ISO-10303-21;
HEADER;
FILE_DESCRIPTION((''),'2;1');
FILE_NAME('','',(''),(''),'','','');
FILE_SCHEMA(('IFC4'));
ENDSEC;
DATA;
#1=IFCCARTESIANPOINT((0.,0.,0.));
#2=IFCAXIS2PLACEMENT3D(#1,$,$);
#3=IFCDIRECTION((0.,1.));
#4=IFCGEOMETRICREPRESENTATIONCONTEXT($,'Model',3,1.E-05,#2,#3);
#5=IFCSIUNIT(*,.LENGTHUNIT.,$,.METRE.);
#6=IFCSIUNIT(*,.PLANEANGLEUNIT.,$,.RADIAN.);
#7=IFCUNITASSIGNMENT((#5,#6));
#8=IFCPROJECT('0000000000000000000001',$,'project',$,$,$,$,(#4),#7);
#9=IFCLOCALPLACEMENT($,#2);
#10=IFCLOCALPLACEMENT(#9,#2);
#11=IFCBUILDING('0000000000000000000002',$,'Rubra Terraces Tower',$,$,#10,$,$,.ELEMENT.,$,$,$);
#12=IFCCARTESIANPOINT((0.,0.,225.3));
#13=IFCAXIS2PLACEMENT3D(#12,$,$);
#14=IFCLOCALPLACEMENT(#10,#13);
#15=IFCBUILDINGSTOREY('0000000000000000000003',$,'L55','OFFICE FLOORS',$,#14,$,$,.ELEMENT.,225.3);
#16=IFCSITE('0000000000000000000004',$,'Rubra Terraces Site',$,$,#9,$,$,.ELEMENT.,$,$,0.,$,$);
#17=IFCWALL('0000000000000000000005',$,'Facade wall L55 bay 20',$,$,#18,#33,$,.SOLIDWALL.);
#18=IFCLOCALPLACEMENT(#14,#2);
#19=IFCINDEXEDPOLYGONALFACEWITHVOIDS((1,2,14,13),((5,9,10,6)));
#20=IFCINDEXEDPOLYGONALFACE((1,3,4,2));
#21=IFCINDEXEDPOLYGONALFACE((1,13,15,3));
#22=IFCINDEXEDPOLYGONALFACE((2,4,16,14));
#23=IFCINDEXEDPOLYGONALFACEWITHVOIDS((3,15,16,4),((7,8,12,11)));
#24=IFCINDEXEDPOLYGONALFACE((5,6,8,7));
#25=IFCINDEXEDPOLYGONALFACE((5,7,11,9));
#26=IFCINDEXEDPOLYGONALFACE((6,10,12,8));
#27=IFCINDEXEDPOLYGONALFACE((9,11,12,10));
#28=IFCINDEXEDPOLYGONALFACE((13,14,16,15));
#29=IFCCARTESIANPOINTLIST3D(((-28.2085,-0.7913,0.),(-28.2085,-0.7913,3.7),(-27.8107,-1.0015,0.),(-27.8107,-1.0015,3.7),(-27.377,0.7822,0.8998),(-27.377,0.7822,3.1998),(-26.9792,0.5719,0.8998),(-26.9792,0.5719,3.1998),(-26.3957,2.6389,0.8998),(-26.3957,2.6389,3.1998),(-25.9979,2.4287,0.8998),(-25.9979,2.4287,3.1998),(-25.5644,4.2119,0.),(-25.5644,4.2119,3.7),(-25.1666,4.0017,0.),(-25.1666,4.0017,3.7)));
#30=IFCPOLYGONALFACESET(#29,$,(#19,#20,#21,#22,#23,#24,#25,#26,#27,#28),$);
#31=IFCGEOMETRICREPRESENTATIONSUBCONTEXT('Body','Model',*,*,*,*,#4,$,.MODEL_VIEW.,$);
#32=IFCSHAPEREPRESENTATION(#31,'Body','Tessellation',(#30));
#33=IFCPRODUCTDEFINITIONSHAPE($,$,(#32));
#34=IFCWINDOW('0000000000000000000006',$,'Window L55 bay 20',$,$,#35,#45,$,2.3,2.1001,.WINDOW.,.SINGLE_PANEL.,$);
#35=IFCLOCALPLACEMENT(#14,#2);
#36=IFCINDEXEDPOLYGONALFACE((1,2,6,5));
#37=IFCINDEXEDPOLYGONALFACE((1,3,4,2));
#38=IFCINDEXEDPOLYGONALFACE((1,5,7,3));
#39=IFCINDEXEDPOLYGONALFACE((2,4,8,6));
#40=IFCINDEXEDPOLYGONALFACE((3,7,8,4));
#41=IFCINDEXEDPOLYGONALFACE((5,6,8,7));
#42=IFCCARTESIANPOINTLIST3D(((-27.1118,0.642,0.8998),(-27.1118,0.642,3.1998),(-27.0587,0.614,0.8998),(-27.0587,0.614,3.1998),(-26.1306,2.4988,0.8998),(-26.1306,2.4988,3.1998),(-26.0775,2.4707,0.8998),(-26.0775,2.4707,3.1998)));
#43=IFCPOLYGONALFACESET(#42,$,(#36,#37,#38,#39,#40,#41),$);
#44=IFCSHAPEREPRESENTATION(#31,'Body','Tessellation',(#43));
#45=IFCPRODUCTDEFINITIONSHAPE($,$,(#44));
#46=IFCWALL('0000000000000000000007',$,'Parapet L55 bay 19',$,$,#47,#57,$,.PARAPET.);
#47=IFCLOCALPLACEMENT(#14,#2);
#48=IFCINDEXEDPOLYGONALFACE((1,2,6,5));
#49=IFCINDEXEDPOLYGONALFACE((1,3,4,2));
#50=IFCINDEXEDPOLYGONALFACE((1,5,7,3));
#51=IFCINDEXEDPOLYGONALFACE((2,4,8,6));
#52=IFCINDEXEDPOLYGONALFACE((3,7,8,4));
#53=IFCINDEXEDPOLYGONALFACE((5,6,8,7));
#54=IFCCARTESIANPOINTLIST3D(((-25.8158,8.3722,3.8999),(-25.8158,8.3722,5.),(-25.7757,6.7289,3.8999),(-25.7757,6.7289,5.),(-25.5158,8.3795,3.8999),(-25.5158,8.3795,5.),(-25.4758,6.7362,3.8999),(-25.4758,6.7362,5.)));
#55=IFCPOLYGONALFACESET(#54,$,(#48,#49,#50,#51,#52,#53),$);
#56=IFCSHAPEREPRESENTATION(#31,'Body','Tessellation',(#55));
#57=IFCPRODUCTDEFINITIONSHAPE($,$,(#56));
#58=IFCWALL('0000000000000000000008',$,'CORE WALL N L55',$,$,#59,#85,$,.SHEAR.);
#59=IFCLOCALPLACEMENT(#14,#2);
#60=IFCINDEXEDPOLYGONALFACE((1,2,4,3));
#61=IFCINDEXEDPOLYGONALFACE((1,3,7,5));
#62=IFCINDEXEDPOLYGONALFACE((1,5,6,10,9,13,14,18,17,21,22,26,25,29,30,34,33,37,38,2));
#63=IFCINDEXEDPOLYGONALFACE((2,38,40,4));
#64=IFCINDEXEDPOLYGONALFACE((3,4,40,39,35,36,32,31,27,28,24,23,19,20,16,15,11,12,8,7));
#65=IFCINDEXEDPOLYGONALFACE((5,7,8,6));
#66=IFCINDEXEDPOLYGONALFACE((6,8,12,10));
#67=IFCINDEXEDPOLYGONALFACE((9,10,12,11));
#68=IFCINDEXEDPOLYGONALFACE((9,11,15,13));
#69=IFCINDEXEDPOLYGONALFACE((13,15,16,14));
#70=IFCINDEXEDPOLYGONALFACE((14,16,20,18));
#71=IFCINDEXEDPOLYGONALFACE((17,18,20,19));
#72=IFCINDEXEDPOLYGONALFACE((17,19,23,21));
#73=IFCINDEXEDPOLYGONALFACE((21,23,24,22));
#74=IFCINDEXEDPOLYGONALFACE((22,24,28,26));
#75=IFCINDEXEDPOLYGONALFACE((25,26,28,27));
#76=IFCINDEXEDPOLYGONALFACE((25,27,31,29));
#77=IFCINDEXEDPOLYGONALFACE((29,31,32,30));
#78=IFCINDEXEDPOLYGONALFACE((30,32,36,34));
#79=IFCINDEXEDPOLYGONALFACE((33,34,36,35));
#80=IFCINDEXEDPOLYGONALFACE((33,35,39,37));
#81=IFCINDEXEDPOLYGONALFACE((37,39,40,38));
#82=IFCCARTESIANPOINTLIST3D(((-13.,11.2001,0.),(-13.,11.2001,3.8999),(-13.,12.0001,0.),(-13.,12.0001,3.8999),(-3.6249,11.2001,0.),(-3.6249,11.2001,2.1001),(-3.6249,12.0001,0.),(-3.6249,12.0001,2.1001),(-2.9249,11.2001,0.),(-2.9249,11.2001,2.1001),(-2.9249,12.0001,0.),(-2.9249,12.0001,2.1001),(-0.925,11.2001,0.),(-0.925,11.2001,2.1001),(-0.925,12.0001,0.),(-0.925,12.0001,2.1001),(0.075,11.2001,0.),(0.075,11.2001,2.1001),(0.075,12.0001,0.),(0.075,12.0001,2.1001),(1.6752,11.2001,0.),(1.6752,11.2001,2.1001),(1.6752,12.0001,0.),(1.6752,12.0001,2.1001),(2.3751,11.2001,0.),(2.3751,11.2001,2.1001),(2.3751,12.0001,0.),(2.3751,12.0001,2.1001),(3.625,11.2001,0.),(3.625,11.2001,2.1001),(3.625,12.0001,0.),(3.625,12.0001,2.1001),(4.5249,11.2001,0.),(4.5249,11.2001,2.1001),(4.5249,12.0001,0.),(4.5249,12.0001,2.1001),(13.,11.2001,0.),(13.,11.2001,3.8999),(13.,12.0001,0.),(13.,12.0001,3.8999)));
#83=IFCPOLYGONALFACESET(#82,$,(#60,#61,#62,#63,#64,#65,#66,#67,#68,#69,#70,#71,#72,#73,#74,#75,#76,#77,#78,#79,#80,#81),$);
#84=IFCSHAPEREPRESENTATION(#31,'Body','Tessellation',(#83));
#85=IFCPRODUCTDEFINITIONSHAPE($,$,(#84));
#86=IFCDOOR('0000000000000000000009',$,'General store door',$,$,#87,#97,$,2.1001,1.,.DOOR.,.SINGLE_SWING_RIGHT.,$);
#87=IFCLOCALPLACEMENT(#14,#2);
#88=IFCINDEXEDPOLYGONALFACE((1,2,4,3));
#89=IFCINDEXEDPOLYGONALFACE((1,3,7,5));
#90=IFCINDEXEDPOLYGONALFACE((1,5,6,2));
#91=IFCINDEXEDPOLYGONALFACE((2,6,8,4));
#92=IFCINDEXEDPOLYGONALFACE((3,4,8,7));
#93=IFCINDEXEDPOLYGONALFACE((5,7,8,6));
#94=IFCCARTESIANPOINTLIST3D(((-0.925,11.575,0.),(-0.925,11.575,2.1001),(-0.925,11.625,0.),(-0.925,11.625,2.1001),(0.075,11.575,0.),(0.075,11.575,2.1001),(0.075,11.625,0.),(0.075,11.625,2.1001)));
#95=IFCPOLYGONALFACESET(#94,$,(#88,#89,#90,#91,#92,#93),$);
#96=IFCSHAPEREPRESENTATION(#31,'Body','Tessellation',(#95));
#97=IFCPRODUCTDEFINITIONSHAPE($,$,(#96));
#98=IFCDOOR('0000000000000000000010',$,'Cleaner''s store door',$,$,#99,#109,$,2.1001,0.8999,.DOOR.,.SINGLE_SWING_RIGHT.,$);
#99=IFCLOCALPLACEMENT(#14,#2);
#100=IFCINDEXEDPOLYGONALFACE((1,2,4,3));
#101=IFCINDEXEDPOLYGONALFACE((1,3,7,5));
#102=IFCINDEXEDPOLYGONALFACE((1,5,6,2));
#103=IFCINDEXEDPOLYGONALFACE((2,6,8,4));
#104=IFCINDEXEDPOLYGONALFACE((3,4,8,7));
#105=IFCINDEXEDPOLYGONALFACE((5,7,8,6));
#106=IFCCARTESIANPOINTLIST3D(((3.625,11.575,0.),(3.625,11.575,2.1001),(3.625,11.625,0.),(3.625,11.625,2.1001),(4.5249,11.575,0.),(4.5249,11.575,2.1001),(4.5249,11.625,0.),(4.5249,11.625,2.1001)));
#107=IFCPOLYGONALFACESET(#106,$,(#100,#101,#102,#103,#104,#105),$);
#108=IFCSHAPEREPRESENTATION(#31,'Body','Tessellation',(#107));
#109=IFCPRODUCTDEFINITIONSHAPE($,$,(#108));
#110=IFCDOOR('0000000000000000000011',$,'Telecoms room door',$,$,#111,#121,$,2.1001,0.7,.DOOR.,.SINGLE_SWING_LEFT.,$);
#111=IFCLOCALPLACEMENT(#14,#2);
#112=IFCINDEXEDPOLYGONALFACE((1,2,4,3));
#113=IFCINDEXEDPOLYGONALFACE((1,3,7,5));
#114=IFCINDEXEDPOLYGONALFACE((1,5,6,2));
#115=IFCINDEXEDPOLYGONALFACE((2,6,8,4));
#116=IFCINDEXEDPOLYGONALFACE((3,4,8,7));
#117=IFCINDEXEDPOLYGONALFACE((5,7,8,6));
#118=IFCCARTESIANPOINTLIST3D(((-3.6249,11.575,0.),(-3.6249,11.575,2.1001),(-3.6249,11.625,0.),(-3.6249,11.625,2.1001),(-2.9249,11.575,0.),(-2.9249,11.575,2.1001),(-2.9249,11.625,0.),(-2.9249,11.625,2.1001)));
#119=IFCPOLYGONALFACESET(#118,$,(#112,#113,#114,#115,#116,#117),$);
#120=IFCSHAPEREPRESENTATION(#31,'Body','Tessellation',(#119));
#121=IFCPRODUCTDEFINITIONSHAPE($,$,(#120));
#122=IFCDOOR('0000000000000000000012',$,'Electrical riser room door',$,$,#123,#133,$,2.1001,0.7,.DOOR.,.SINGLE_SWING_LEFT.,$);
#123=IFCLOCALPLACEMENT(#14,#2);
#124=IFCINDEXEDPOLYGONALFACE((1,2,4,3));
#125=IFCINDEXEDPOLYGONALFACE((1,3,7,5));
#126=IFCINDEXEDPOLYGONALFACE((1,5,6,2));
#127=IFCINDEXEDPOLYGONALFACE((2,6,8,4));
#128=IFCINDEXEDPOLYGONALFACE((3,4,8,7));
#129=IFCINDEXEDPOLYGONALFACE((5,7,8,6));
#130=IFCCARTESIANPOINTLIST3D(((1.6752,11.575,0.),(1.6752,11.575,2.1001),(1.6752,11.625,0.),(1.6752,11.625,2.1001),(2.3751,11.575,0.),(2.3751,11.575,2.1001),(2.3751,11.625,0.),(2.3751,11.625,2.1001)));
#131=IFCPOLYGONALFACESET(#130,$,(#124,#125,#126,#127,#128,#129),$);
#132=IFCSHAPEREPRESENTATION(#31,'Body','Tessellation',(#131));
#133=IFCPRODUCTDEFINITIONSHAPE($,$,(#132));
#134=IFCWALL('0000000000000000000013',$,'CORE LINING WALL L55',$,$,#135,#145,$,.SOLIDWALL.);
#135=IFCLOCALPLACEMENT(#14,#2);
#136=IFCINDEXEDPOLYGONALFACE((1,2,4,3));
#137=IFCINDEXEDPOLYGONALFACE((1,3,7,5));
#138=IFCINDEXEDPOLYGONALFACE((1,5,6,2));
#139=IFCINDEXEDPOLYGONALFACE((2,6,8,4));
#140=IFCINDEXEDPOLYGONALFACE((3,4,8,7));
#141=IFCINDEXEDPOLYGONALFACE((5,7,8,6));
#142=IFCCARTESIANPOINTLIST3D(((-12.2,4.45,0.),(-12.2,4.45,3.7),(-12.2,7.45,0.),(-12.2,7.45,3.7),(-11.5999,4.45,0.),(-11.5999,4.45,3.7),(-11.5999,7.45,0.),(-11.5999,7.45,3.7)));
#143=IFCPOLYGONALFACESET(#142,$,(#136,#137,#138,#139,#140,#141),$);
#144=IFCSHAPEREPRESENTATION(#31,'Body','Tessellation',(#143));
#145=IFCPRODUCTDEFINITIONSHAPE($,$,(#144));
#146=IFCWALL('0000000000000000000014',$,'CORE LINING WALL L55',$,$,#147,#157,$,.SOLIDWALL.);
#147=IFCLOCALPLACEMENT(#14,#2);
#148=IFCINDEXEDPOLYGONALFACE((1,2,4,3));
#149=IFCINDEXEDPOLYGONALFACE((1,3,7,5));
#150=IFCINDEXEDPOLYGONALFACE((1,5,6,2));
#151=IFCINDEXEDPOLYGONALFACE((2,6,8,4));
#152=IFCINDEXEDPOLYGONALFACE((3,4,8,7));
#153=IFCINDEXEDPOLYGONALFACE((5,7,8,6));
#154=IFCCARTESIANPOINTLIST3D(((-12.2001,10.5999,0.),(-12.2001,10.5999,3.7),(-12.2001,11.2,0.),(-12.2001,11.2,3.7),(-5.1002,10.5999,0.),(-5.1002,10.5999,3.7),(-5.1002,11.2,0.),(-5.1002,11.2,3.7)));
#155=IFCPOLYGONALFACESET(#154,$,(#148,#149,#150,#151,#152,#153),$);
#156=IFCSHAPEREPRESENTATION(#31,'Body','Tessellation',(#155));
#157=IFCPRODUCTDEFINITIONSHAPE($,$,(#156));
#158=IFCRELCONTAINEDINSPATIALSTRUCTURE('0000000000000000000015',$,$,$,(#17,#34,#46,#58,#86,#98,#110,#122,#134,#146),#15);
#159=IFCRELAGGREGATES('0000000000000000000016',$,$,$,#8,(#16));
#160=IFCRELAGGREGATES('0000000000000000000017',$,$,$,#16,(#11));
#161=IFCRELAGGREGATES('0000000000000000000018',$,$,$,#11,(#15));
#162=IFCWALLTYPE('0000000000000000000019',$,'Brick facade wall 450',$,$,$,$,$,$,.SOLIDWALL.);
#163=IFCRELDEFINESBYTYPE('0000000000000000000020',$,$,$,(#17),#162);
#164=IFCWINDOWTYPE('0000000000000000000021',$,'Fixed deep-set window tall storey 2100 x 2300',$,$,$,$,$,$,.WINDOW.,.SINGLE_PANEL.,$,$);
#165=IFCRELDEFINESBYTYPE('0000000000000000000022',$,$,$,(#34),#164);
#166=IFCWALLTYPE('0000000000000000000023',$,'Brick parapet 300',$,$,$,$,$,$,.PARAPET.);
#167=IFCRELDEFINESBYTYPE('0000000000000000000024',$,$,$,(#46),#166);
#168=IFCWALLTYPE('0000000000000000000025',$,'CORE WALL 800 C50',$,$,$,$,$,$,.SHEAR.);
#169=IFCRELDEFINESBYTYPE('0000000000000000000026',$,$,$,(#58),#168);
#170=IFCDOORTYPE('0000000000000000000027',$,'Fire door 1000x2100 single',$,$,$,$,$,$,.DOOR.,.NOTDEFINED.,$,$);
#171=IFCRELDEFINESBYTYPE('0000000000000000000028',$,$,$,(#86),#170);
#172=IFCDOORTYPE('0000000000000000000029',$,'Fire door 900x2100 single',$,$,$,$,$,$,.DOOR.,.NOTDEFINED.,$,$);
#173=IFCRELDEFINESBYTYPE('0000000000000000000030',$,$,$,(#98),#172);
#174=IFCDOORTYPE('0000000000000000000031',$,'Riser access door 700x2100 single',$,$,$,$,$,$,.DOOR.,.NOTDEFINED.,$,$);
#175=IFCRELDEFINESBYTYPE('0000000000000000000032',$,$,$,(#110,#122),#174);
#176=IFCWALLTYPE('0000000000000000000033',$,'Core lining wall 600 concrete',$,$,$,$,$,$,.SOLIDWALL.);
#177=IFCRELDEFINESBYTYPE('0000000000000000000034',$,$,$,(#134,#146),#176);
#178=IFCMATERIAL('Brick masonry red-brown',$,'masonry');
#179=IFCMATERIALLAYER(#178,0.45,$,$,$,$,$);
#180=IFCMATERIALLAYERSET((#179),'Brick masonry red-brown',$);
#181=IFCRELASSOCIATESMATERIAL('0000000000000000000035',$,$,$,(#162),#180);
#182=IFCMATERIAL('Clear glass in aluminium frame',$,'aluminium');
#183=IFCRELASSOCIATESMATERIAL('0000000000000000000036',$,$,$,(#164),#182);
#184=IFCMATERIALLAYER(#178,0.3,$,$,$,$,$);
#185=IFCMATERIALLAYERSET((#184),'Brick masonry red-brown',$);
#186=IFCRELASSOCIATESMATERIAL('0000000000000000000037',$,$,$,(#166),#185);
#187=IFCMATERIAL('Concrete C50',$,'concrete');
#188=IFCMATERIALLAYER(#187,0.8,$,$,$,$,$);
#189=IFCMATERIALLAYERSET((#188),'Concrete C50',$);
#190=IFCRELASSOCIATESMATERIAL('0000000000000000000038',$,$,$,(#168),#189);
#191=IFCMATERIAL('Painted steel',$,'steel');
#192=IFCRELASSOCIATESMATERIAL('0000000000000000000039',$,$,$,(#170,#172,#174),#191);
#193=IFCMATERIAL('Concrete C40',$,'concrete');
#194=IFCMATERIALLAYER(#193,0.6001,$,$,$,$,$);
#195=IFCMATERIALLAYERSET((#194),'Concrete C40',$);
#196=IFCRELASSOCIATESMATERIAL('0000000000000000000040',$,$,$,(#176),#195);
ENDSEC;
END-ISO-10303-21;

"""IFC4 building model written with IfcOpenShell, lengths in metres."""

from ifc_helpers import new_model, si_unit, direction, frame, frame_2d, origin, place, context, subcontext, project, spatial, rectangle, extrude, material, layer, layer_set, type_object, element, fill, save


model = new_model("IFC4")

# Units and contexts
model_context = context("Model", 3, precision=1e-05, world=origin(), true_north=direction((0.0, 1.0)))
body_context = subcontext(model_context, "Body", "Model", "MODEL_VIEW")
ifc_project = project(units=[si_unit("LENGTHUNIT", "METRE"), si_unit("PLANEANGLEUNIT", "RADIAN")], contexts=[model_context])

# Site, building, storey
site_placement = place(None, origin())
site = spatial("IfcSite", under=ifc_project, at=site_placement, Name="Rubra Terraces Site", CompositionType="ELEMENT", RefElevation=0.0)
building_placement = place(site_placement, origin())
building = spatial("IfcBuilding", under=site, at=building_placement, Name="Rubra Terraces Tower", CompositionType="ELEMENT")
storey_placement = place(building_placement, frame((0.0, 0.0, 225.3)))
storey = spatial("IfcBuildingStorey", under=building, at=storey_placement, Name="L55", Description="OFFICE FLOORS", CompositionType="ELEMENT", Elevation=225.3)

# Shared definitions
ifc_material_1 = material(Name="Concrete C50", Category="concrete")

# Wall, opening, window
ifc_material_2 = material(Name="Brick masonry red-brown", Category="masonry")
ifc_layer_1 = layer(ifc_material_2, 0.45)
ifc_layer_set_1 = layer_set([ifc_layer_1], Name="Brick masonry red-brown")
wall_type_1 = type_object("IfcWallType", Name="Brick facade wall 450", PredefinedType="SOLIDWALL", material=ifc_layer_set_1)
ifc_material_3 = material(Name="Clear glass in aluminium frame", Category="aluminium")
window_type = type_object("IfcWindowType", Name="Fixed deep-set window tall storey 2100 x 2300", PartitioningType="SINGLE_PANEL", PredefinedType="WINDOW", material=ifc_material_3)
wall_1_placement = place(storey_placement, frame((-25.3655, 4.1069, 0.0), z_axis=(0.0, 0.0, 1.0), x_axis=(-0.467239, -0.884131, 0.0)))
wall_1 = element("IfcWall", 1, at=wall_1_placement, inside=storey, type_object=wall_type_1, Name="Facade wall L55 bay 20", PredefinedType="SOLIDWALL", context=body_context, shape_type="SweptSolid", body=[
    extrude(rectangle(XDim=5.6589, YDim=0.45, at=frame_2d((2.8296, 0.0))), origin(), (0.0, 0.0, 1.0), 3.7),
])
opening_1_placement = place(wall_1_placement, frame((1.7793, 0.0, 0.8999)))
opening_1 = element("IfcOpeningElement", 2, at=opening_1_placement, cuts=wall_1, PredefinedType="OPENING", context=body_context, shape_type="SweptSolid", body=[
    extrude(rectangle(XDim=2.1001, YDim=2.3, at=frame_2d((1.05, 1.1499))), frame((0.0, 0.2349, 0.0), z_axis=(0.0, -1.0, 0.0), x_axis=(1.0, 0.0, 0.0)), (0.0, 0.0, 1.0), 0.47),
])
window_1_placement = place(opening_1_placement, origin())
window_1 = element("IfcWindow", 3, at=window_1_placement, inside=storey, type_object=window_type, Name="Window L55 bay 20", OverallHeight=2.3, OverallWidth=2.1001, PartitioningType="SINGLE_PANEL", PredefinedType="WINDOW", context=body_context, shape_type="SweptSolid", body=[
    extrude(rectangle(XDim=2.1001, YDim=2.3, at=frame_2d((1.05, 1.1499))), frame((0.0, 0.135, 0.0), z_axis=(0.0, -1.0, 0.0), x_axis=(1.0, 0.0, 0.0)), (0.0, 0.0, 1.0), 0.0601),
])
fill(opening_1, window_1)

# Wall
ifc_layer_2 = layer(ifc_material_2, 0.3)
ifc_layer_set_2 = layer_set([ifc_layer_2], Name="Brick masonry red-brown")
wall_type_2 = type_object("IfcWallType", Name="Brick parapet 300", PredefinedType="PARAPET", material=ifc_layer_set_2)
wall_2_placement = place(storey_placement, frame((-25.6658, 8.3757, 3.8999), z_axis=(0.0, 0.0, 1.0), x_axis=(0.024358, -0.999703, 0.0)))
element("IfcWall", 4, at=wall_2_placement, inside=storey, type_object=wall_type_2, Name="Parapet L55 bay 19", PredefinedType="PARAPET", context=body_context, shape_type="SweptSolid", body=[
    extrude(rectangle(XDim=1.6438, YDim=0.3, at=frame_2d((0.8218, 0.0))), origin(), (0.0, 0.0, 1.0), 1.1001),
])

# Wall, openings, doors
ifc_layer_3 = layer(ifc_material_1, 0.8)
ifc_layer_set_3 = layer_set([ifc_layer_3], Name="Concrete C50")
wall_type_3 = type_object("IfcWallType", Name="CORE WALL 800 C50", PredefinedType="SHEAR", material=ifc_layer_set_3)
wall_3_placement = place(storey_placement, frame((-13.0, 11.6001, 0.0), z_axis=(0.0, 0.0, 1.0), x_axis=(1.0, 0.0, 0.0)))
wall_3 = element("IfcWall", 5, at=wall_3_placement, inside=storey, type_object=wall_type_3, Name="CORE WALL N L55", PredefinedType="SHEAR", context=body_context, shape_type="SweptSolid", body=[
    extrude(rectangle(XDim=26.0, YDim=0.8, at=frame_2d((13.0, 0.0))), origin(), (0.0, 0.0, 1.0), 3.8999),
])
opening_2_placement = place(wall_3_placement, frame((9.375, 0.0, 0.0)))
opening_2 = element("IfcOpeningElement", 6, at=opening_2_placement, cuts=wall_3, PredefinedType="OPENING", context=body_context, shape_type="SweptSolid", body=[
    extrude(rectangle(XDim=0.7, YDim=2.1001, at=frame_2d((0.3501, 1.05))), frame((0.0, 0.4099, 0.0), z_axis=(0.0, -1.0, 0.0), x_axis=(1.0, 0.0, 0.0)), (0.0, 0.0, 1.0), 0.8201),
])
opening_3_placement = place(wall_3_placement, frame((12.075, 0.0, 0.0)))
opening_3 = element("IfcOpeningElement", 7, at=opening_3_placement, cuts=wall_3, PredefinedType="OPENING", context=body_context, shape_type="SweptSolid", body=[
    extrude(rectangle(XDim=1.0, YDim=2.1001, at=frame_2d((0.5, 1.05))), frame((0.0, 0.4099, 0.0), z_axis=(0.0, -1.0, 0.0), x_axis=(1.0, 0.0, 0.0)), (0.0, 0.0, 1.0), 0.8201),
])
opening_4_placement = place(wall_3_placement, frame((14.675, 0.0, 0.0)))
opening_4 = element("IfcOpeningElement", 8, at=opening_4_placement, cuts=wall_3, PredefinedType="OPENING", context=body_context, shape_type="SweptSolid", body=[
    extrude(rectangle(XDim=0.7, YDim=2.1001, at=frame_2d((0.3501, 1.05))), frame((0.0, 0.4099, 0.0), z_axis=(0.0, -1.0, 0.0), x_axis=(1.0, 0.0, 0.0)), (0.0, 0.0, 1.0), 0.8201),
])
opening_5_placement = place(wall_3_placement, frame((16.625, 0.0, 0.0)))
opening_5 = element("IfcOpeningElement", 9, at=opening_5_placement, cuts=wall_3, PredefinedType="OPENING", context=body_context, shape_type="SweptSolid", body=[
    extrude(rectangle(XDim=0.8999, YDim=2.1001, at=frame_2d((0.45, 1.05))), frame((0.0, 0.4099, 0.0), z_axis=(0.0, -1.0, 0.0), x_axis=(1.0, 0.0, 0.0)), (0.0, 0.0, 1.0), 0.8201),
])
ifc_material_4 = material(Name="Painted steel", Category="steel")
door_type_1 = type_object("IfcDoorType", Name="Fire door 1000x2100 single", OperationType="NOTDEFINED", PredefinedType="DOOR", material=ifc_material_4)
door_1_placement = place(opening_3_placement, origin())
door_1 = element("IfcDoor", 10, at=door_1_placement, inside=storey, type_object=door_type_1, Name="General store door", OperationType="SINGLE_SWING_RIGHT", OverallHeight=2.1001, OverallWidth=1.0, PredefinedType="DOOR", context=body_context, shape_type="SweptSolid", body=[
    extrude(rectangle(XDim=1.0, YDim=2.1001, at=frame_2d((0.5, 1.05))), frame((0.0, 0.0249, 0.0), z_axis=(0.0, -1.0, 0.0), x_axis=(1.0, 0.0, 0.0)), (0.0, 0.0, 1.0), 0.05),
])
fill(opening_3, door_1)
door_type_2 = type_object("IfcDoorType", Name="Fire door 900x2100 single", OperationType="NOTDEFINED", PredefinedType="DOOR", material=ifc_material_4)
door_2_placement = place(opening_5_placement, origin())
door_2 = element("IfcDoor", 11, at=door_2_placement, inside=storey, type_object=door_type_2, Name="Cleaner's store door", OperationType="SINGLE_SWING_RIGHT", OverallHeight=2.1001, OverallWidth=0.8999, PredefinedType="DOOR", context=body_context, shape_type="SweptSolid", body=[
    extrude(rectangle(XDim=0.8999, YDim=2.1001, at=frame_2d((0.45, 1.05))), frame((0.0, 0.0249, 0.0), z_axis=(0.0, -1.0, 0.0), x_axis=(1.0, 0.0, 0.0)), (0.0, 0.0, 1.0), 0.05),
])
fill(opening_5, door_2)
door_type_3 = type_object("IfcDoorType", Name="Riser access door 700x2100 single", OperationType="NOTDEFINED", PredefinedType="DOOR", material=ifc_material_4)
door_3_placement = place(opening_2_placement, origin())
door_3 = element("IfcDoor", 12, at=door_3_placement, inside=storey, type_object=door_type_3, Name="Telecoms room door", OperationType="SINGLE_SWING_LEFT", OverallHeight=2.1001, OverallWidth=0.7, PredefinedType="DOOR", context=body_context, shape_type="SweptSolid", body=[
    extrude(rectangle(XDim=0.7, YDim=2.1001, at=frame_2d((0.3501, 1.05))), frame((0.0, 0.0249, 0.0), z_axis=(0.0, -1.0, 0.0), x_axis=(1.0, 0.0, 0.0)), (0.0, 0.0, 1.0), 0.05),
])
fill(opening_2, door_3)
door_4_placement = place(opening_4_placement, origin())
door_4 = element("IfcDoor", 13, at=door_4_placement, inside=storey, type_object=door_type_3, Name="Electrical riser room door", OperationType="SINGLE_SWING_LEFT", OverallHeight=2.1001, OverallWidth=0.7, PredefinedType="DOOR", context=body_context, shape_type="SweptSolid", body=[
    extrude(rectangle(XDim=0.7, YDim=2.1001, at=frame_2d((0.3501, 1.05))), frame((0.0, 0.0249, 0.0), z_axis=(0.0, -1.0, 0.0), x_axis=(1.0, 0.0, 0.0)), (0.0, 0.0, 1.0), 0.05),
])
fill(opening_4, door_4)

# Walls
ifc_material_5 = material(Name="Concrete C40", Category="concrete")
ifc_layer_4 = layer(ifc_material_5, 0.6001)
ifc_layer_set_4 = layer_set([ifc_layer_4], Name="Concrete C40")
wall_type_4 = type_object("IfcWallType", Name="Core lining wall 600 concrete", PredefinedType="SOLIDWALL", material=ifc_layer_set_4)
wall_4_placement = place(storey_placement, frame((-11.8999, 4.45, 0.0), z_axis=(0.0, 0.0, 1.0), x_axis=(0.0, 1.0, 0.0)))
element("IfcWall", 14, at=wall_4_placement, inside=storey, type_object=wall_type_4, Name="CORE LINING WALL L55", PredefinedType="SOLIDWALL", context=body_context, shape_type="SweptSolid", body=[
    extrude(rectangle(XDim=3.0, YDim=0.6001, at=frame_2d((1.5, 0.0))), origin(), (0.0, 0.0, 1.0), 3.7),
])
wall_5_placement = place(storey_placement, frame((-12.2, 10.8999, 0.0), z_axis=(0.0, 0.0, 1.0), x_axis=(1.0, 0.0, 0.0)))
element("IfcWall", 15, at=wall_5_placement, inside=storey, type_object=wall_type_4, Name="CORE LINING WALL L55", PredefinedType="SOLIDWALL", context=body_context, shape_type="SweptSolid", body=[
    extrude(rectangle(XDim=7.0999, YDim=0.6001, at=frame_2d((3.5498, 0.0))), origin(), (0.0, 0.0, 1.0), 3.7),
])

save(model, "model.ifc")
